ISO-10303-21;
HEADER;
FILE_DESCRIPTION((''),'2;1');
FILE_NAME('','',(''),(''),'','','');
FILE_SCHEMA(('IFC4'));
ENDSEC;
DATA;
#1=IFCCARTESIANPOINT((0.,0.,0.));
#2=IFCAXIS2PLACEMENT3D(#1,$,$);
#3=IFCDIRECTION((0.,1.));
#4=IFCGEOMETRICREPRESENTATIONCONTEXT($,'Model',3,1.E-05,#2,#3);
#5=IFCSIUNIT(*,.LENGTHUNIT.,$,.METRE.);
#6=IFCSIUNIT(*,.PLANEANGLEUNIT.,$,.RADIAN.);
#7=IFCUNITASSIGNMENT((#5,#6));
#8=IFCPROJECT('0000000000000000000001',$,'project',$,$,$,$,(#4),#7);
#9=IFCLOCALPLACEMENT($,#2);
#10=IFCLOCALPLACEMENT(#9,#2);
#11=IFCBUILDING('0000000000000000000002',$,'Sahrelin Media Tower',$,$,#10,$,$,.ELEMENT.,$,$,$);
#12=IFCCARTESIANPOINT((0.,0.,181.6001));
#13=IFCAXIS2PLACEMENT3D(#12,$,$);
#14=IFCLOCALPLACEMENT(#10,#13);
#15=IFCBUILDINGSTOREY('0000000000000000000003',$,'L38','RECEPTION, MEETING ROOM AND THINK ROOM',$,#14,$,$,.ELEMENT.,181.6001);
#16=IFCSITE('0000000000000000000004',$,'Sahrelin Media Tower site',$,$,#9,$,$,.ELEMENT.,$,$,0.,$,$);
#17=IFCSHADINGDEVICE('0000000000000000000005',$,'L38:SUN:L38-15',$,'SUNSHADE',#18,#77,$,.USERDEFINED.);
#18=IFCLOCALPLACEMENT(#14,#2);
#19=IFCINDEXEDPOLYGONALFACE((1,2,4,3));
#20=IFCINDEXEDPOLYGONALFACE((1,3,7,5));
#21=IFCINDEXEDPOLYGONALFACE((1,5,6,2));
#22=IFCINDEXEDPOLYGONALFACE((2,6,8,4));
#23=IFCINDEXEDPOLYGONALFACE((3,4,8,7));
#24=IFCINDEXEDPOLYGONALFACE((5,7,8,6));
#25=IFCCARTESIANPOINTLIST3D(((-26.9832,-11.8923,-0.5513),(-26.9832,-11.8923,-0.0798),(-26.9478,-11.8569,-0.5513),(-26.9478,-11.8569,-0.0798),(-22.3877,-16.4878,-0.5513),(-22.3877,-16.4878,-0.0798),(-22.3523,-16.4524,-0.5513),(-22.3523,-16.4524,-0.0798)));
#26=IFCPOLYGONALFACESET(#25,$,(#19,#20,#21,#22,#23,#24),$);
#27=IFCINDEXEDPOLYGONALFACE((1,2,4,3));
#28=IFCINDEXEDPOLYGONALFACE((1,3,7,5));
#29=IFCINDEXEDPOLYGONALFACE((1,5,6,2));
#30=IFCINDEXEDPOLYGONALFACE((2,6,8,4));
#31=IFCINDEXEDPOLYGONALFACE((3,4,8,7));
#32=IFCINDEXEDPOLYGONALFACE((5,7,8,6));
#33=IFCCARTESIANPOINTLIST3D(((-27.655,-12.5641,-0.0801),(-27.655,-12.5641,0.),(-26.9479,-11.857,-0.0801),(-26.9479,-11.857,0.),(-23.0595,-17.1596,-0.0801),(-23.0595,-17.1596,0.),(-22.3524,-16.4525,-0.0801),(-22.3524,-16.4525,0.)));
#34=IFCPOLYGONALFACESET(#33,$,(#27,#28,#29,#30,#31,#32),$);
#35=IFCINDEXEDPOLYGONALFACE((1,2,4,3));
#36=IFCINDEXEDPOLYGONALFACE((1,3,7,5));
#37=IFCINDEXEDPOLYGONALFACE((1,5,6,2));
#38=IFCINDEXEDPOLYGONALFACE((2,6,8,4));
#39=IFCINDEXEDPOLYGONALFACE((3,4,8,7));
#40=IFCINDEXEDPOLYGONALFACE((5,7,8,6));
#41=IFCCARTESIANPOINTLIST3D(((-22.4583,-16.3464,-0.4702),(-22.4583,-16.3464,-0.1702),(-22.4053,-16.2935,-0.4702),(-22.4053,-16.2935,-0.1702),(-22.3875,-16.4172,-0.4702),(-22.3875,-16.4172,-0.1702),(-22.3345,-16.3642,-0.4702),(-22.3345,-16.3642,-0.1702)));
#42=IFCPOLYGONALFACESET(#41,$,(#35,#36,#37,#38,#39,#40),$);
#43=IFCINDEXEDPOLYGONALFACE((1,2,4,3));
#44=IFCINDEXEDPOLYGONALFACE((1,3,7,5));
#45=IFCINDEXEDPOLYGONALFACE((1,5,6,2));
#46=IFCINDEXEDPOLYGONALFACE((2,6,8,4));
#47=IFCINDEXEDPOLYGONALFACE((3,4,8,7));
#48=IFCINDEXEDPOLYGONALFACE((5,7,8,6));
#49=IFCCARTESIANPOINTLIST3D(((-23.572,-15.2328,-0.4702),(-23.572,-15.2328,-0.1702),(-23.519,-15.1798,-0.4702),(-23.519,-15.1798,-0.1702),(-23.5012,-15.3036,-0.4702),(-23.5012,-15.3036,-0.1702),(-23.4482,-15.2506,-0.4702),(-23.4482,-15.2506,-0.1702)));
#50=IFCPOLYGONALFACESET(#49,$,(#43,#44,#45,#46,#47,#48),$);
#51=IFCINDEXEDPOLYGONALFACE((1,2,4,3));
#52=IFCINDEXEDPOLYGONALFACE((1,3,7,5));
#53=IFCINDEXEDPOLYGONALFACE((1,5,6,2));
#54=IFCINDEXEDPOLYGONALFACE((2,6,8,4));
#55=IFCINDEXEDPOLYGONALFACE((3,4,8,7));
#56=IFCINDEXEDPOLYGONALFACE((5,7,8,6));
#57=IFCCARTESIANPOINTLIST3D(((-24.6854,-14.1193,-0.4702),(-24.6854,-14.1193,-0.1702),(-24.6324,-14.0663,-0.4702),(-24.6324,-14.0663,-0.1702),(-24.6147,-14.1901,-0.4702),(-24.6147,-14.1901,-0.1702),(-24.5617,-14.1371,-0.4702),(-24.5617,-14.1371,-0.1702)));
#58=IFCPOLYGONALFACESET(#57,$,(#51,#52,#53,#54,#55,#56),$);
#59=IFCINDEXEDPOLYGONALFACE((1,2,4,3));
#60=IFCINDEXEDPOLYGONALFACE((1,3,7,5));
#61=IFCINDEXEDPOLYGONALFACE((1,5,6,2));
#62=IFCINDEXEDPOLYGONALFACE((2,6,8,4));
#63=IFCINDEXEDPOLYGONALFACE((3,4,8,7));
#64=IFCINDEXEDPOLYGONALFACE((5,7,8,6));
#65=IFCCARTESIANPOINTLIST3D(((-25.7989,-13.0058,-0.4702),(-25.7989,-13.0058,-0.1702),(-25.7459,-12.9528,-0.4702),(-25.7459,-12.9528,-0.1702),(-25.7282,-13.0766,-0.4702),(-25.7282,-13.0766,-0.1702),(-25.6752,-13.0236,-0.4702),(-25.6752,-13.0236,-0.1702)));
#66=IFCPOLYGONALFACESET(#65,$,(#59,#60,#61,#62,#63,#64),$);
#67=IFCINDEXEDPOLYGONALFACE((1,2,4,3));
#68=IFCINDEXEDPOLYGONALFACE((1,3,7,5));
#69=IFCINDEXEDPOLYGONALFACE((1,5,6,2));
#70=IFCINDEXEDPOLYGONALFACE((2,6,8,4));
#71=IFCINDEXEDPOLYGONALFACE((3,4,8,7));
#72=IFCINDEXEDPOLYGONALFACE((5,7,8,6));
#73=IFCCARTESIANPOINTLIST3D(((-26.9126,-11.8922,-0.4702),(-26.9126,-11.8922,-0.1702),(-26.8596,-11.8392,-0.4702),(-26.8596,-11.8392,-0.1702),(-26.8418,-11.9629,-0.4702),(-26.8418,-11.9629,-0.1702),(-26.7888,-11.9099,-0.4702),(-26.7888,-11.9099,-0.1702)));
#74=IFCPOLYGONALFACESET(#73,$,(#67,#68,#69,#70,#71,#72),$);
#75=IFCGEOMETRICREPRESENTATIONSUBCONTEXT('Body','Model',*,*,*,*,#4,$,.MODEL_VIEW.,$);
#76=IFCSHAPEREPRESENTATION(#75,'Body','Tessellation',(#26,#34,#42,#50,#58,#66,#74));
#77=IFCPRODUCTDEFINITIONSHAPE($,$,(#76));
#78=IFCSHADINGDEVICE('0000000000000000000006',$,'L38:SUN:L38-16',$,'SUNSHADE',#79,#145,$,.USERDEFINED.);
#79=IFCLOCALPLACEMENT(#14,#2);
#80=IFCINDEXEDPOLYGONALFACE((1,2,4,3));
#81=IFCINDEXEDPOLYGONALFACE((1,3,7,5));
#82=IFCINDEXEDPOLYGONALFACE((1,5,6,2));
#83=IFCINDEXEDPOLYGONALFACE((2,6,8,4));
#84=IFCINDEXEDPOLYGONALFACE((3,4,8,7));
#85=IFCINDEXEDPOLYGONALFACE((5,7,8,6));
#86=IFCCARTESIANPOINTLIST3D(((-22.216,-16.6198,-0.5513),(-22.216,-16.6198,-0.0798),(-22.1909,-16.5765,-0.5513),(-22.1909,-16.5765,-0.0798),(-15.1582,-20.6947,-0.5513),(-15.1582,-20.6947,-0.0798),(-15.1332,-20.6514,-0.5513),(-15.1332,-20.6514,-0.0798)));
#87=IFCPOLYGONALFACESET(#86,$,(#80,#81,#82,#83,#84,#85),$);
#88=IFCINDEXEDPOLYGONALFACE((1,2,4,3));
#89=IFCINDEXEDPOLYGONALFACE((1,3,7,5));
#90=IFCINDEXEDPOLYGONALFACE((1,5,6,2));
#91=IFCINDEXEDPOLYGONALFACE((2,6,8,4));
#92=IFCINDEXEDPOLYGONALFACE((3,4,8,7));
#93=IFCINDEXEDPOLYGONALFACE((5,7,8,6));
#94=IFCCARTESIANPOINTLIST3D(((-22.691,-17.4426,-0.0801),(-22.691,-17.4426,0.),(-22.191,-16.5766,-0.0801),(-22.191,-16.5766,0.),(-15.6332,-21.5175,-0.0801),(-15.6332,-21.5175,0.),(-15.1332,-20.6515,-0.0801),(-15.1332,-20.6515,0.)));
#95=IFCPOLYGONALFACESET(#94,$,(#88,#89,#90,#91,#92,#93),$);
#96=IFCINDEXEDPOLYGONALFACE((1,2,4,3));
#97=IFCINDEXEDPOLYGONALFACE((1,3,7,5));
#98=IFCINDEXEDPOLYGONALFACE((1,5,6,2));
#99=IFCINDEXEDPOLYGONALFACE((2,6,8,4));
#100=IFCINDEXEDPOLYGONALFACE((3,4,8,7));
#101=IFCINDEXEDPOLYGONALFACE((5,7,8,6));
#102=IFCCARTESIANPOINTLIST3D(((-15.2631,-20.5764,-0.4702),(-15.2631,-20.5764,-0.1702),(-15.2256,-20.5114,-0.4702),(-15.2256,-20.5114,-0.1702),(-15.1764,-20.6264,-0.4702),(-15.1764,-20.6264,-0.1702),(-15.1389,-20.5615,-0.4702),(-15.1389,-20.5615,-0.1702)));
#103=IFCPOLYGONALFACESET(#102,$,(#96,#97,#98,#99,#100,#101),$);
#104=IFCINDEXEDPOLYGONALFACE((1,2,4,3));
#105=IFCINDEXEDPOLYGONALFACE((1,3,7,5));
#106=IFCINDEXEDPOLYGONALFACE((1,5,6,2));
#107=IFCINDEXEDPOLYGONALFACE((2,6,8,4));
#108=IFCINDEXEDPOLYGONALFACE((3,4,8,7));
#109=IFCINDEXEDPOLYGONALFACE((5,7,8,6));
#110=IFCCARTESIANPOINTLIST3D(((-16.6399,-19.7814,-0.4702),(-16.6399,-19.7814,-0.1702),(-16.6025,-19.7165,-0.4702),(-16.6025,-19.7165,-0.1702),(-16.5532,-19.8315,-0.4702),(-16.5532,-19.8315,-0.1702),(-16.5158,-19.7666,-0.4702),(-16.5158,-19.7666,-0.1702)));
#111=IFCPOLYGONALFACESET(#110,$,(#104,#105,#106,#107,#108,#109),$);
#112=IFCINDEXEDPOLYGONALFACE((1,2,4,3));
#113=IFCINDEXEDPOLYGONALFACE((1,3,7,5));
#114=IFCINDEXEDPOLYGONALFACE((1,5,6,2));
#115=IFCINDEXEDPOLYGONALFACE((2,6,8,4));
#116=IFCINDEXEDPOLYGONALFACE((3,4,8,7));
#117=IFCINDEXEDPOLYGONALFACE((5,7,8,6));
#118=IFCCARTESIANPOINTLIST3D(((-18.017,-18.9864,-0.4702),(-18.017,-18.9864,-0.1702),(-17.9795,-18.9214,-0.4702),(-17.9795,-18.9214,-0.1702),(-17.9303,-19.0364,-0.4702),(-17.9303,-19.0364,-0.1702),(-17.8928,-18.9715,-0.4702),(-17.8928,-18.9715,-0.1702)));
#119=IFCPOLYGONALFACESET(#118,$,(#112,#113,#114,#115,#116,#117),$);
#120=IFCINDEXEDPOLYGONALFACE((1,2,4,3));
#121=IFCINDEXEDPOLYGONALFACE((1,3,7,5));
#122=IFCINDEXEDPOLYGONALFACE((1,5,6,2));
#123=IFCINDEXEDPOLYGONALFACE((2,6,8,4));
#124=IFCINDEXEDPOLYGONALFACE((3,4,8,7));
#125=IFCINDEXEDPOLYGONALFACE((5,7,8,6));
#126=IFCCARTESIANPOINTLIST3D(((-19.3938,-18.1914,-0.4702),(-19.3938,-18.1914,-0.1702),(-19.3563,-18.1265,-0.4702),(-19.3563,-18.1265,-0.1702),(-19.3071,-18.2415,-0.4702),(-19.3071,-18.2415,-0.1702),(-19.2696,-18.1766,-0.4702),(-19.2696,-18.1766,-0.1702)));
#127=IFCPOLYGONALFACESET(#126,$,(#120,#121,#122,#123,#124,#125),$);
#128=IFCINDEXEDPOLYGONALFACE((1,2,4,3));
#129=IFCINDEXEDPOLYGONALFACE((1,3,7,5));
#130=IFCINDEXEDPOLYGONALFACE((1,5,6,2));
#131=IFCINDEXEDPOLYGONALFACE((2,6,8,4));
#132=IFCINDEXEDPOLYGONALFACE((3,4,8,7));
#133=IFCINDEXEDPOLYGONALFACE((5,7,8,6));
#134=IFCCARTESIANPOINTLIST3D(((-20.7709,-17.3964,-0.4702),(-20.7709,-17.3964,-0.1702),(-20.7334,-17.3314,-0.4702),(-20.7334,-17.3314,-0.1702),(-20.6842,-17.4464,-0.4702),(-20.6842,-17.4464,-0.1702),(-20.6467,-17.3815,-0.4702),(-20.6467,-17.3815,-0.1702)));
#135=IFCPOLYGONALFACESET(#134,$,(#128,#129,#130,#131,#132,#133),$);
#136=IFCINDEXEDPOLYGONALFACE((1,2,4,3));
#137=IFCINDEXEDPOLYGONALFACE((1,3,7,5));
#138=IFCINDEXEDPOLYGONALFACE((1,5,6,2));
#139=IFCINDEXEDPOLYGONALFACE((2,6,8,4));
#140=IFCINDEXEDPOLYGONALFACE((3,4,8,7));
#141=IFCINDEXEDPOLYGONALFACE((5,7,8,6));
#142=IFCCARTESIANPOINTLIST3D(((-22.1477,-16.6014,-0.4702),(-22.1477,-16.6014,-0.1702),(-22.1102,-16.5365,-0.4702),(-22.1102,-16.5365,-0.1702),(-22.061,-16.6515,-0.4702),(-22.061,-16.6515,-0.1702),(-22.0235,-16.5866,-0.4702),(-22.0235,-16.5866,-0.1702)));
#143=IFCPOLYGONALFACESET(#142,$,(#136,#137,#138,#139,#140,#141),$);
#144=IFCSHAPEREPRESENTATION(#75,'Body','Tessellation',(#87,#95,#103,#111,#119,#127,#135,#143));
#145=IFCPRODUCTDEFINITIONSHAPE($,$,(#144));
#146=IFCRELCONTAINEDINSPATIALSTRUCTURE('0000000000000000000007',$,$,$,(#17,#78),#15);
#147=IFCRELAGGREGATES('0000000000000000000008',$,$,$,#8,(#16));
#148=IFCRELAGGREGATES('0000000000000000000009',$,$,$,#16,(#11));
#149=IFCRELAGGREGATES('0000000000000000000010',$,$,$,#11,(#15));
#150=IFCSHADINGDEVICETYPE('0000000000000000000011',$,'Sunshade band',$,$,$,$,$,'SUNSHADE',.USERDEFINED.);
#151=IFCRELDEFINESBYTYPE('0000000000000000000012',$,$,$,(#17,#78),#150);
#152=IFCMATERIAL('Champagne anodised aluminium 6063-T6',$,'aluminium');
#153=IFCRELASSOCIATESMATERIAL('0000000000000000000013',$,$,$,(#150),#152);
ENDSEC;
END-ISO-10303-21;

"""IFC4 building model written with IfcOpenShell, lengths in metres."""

from ifc_helpers import new_model, si_unit, direction, frame, origin, origin_2d, place, context, subcontext, project, spatial, rectangle, extrude, material, type_object, element, save


model = new_model("IFC4")

# Units and contexts
model_context = context("Model", 3, precision=1e-05, world=origin(), true_north=direction((0.0, 1.0)))
body_context = subcontext(model_context, "Body", "Model", "MODEL_VIEW")
ifc_project = project(units=[si_unit("LENGTHUNIT", "METRE"), si_unit("PLANEANGLEUNIT", "RADIAN")], contexts=[model_context])

# Site, building, storey
site_placement = place(None, origin())
site = spatial("IfcSite", under=ifc_project, at=site_placement, Name="Sahrelin Media Tower site", CompositionType="ELEMENT", RefElevation=0.0)
building_placement = place(site_placement, origin())
building = spatial("IfcBuilding", under=site, at=building_placement, Name="Sahrelin Media Tower", CompositionType="ELEMENT")
storey_placement = place(building_placement, frame((0.0, 0.0, 181.6001)))
storey = spatial("IfcBuildingStorey", under=building, at=storey_placement, Name="L38", Description="RECEPTION, MEETING ROOM AND THINK ROOM", CompositionType="ELEMENT", Elevation=181.6001)

# Shared definitions
ifc_material_1 = material(Name="Champagne anodised aluminium 6063-T6", Category="aluminium")

# Shading devices
placement_1 = place(storey_placement, frame((-24.636, -14.1406, 0.0), z_axis=(0.0, 0.0, 1.0), x_axis=(-0.707107, 0.707107, 0.0)))
placement_2 = place(storey_placement, frame((-18.6521, -18.5967, 0.0), z_axis=(0.0, 0.0, 1.0), x_axis=(-0.866019, 0.500011, 0.0)))
shading_device_type_1 = type_object("IfcShadingDeviceType", Name="Sunshade band", ElementType="SUNSHADE", PredefinedType="USERDEFINED", material=ifc_material_1)
element("IfcShadingDevice", 1, at=placement_1, inside=storey, type_object=shading_device_type_1, Name="L38:SUN:L38-15", ObjectType="SUNSHADE", PredefinedType="USERDEFINED", context=body_context, shape_type="SweptSolid", body=[
    extrude(rectangle(XDim=6.499, YDim=0.05, at=origin_2d()), frame((0.0, 0.0449, -0.5513)), (0.0, 0.0, 1.0), 0.4714),
    extrude(rectangle(XDim=6.499, YDim=1.0, at=origin_2d()), frame((0.0, 0.52, -0.0801)), (0.0, 0.0, 1.0), 0.0801),
    extrude(rectangle(XDim=0.1001, YDim=0.075, at=origin_2d()), frame((-3.1497, -0.0176, -0.4702)), (0.0, 0.0, 1.0), 0.3),
    extrude(rectangle(XDim=0.1001, YDim=0.075, at=origin_2d()), frame((-1.5747, -0.0176, -0.4702)), (0.0, 0.0, 1.0), 0.3),
    extrude(rectangle(XDim=0.1001, YDim=0.075, at=origin_2d()), frame((0.0, -0.0176, -0.4702)), (0.0, 0.0, 1.0), 0.3),
    extrude(rectangle(XDim=0.1001, YDim=0.075, at=origin_2d()), frame((1.5747, -0.0176, -0.4702)), (0.0, 0.0, 1.0), 0.3),
    extrude(rectangle(XDim=0.1001, YDim=0.075, at=origin_2d()), frame((3.1497, -0.0176, -0.4702)), (0.0, 0.0, 1.0), 0.3),
])
element("IfcShadingDevice", 2, at=placement_2, inside=storey, type_object=shading_device_type_1, Name="L38:SUN:L38-16", ObjectType="SUNSHADE", PredefinedType="USERDEFINED", context=body_context, shape_type="SweptSolid", body=[
    extrude(rectangle(XDim=8.1497, YDim=0.05, at=origin_2d()), frame((0.0, 0.0449, -0.5513)), (0.0, 0.0, 1.0), 0.4714),
    extrude(rectangle(XDim=8.1497, YDim=1.0, at=origin_2d()), frame((0.0, 0.52, -0.0801)), (0.0, 0.0, 1.0), 0.0801),
    extrude(rectangle(XDim=0.1001, YDim=0.075, at=origin_2d()), frame((-3.9749, -0.0176, -0.4702)), (0.0, 0.0, 1.0), 0.3),
    extrude(rectangle(XDim=0.1001, YDim=0.075, at=origin_2d()), frame((-2.385, -0.0176, -0.4702)), (0.0, 0.0, 1.0), 0.3),
    extrude(rectangle(XDim=0.1001, YDim=0.075, at=origin_2d()), frame((-0.7949, -0.0176, -0.4702)), (0.0, 0.0, 1.0), 0.3),
    extrude(rectangle(XDim=0.1001, YDim=0.075, at=origin_2d()), frame((0.7949, -0.0176, -0.4702)), (0.0, 0.0, 1.0), 0.3),
    extrude(rectangle(XDim=0.1001, YDim=0.075, at=origin_2d()), frame((2.385, -0.0176, -0.4702)), (0.0, 0.0, 1.0), 0.3),
    extrude(rectangle(XDim=0.1001, YDim=0.075, at=origin_2d()), frame((3.9749, -0.0176, -0.4702)), (0.0, 0.0, 1.0), 0.3),
])

save(model, "model.ifc")
